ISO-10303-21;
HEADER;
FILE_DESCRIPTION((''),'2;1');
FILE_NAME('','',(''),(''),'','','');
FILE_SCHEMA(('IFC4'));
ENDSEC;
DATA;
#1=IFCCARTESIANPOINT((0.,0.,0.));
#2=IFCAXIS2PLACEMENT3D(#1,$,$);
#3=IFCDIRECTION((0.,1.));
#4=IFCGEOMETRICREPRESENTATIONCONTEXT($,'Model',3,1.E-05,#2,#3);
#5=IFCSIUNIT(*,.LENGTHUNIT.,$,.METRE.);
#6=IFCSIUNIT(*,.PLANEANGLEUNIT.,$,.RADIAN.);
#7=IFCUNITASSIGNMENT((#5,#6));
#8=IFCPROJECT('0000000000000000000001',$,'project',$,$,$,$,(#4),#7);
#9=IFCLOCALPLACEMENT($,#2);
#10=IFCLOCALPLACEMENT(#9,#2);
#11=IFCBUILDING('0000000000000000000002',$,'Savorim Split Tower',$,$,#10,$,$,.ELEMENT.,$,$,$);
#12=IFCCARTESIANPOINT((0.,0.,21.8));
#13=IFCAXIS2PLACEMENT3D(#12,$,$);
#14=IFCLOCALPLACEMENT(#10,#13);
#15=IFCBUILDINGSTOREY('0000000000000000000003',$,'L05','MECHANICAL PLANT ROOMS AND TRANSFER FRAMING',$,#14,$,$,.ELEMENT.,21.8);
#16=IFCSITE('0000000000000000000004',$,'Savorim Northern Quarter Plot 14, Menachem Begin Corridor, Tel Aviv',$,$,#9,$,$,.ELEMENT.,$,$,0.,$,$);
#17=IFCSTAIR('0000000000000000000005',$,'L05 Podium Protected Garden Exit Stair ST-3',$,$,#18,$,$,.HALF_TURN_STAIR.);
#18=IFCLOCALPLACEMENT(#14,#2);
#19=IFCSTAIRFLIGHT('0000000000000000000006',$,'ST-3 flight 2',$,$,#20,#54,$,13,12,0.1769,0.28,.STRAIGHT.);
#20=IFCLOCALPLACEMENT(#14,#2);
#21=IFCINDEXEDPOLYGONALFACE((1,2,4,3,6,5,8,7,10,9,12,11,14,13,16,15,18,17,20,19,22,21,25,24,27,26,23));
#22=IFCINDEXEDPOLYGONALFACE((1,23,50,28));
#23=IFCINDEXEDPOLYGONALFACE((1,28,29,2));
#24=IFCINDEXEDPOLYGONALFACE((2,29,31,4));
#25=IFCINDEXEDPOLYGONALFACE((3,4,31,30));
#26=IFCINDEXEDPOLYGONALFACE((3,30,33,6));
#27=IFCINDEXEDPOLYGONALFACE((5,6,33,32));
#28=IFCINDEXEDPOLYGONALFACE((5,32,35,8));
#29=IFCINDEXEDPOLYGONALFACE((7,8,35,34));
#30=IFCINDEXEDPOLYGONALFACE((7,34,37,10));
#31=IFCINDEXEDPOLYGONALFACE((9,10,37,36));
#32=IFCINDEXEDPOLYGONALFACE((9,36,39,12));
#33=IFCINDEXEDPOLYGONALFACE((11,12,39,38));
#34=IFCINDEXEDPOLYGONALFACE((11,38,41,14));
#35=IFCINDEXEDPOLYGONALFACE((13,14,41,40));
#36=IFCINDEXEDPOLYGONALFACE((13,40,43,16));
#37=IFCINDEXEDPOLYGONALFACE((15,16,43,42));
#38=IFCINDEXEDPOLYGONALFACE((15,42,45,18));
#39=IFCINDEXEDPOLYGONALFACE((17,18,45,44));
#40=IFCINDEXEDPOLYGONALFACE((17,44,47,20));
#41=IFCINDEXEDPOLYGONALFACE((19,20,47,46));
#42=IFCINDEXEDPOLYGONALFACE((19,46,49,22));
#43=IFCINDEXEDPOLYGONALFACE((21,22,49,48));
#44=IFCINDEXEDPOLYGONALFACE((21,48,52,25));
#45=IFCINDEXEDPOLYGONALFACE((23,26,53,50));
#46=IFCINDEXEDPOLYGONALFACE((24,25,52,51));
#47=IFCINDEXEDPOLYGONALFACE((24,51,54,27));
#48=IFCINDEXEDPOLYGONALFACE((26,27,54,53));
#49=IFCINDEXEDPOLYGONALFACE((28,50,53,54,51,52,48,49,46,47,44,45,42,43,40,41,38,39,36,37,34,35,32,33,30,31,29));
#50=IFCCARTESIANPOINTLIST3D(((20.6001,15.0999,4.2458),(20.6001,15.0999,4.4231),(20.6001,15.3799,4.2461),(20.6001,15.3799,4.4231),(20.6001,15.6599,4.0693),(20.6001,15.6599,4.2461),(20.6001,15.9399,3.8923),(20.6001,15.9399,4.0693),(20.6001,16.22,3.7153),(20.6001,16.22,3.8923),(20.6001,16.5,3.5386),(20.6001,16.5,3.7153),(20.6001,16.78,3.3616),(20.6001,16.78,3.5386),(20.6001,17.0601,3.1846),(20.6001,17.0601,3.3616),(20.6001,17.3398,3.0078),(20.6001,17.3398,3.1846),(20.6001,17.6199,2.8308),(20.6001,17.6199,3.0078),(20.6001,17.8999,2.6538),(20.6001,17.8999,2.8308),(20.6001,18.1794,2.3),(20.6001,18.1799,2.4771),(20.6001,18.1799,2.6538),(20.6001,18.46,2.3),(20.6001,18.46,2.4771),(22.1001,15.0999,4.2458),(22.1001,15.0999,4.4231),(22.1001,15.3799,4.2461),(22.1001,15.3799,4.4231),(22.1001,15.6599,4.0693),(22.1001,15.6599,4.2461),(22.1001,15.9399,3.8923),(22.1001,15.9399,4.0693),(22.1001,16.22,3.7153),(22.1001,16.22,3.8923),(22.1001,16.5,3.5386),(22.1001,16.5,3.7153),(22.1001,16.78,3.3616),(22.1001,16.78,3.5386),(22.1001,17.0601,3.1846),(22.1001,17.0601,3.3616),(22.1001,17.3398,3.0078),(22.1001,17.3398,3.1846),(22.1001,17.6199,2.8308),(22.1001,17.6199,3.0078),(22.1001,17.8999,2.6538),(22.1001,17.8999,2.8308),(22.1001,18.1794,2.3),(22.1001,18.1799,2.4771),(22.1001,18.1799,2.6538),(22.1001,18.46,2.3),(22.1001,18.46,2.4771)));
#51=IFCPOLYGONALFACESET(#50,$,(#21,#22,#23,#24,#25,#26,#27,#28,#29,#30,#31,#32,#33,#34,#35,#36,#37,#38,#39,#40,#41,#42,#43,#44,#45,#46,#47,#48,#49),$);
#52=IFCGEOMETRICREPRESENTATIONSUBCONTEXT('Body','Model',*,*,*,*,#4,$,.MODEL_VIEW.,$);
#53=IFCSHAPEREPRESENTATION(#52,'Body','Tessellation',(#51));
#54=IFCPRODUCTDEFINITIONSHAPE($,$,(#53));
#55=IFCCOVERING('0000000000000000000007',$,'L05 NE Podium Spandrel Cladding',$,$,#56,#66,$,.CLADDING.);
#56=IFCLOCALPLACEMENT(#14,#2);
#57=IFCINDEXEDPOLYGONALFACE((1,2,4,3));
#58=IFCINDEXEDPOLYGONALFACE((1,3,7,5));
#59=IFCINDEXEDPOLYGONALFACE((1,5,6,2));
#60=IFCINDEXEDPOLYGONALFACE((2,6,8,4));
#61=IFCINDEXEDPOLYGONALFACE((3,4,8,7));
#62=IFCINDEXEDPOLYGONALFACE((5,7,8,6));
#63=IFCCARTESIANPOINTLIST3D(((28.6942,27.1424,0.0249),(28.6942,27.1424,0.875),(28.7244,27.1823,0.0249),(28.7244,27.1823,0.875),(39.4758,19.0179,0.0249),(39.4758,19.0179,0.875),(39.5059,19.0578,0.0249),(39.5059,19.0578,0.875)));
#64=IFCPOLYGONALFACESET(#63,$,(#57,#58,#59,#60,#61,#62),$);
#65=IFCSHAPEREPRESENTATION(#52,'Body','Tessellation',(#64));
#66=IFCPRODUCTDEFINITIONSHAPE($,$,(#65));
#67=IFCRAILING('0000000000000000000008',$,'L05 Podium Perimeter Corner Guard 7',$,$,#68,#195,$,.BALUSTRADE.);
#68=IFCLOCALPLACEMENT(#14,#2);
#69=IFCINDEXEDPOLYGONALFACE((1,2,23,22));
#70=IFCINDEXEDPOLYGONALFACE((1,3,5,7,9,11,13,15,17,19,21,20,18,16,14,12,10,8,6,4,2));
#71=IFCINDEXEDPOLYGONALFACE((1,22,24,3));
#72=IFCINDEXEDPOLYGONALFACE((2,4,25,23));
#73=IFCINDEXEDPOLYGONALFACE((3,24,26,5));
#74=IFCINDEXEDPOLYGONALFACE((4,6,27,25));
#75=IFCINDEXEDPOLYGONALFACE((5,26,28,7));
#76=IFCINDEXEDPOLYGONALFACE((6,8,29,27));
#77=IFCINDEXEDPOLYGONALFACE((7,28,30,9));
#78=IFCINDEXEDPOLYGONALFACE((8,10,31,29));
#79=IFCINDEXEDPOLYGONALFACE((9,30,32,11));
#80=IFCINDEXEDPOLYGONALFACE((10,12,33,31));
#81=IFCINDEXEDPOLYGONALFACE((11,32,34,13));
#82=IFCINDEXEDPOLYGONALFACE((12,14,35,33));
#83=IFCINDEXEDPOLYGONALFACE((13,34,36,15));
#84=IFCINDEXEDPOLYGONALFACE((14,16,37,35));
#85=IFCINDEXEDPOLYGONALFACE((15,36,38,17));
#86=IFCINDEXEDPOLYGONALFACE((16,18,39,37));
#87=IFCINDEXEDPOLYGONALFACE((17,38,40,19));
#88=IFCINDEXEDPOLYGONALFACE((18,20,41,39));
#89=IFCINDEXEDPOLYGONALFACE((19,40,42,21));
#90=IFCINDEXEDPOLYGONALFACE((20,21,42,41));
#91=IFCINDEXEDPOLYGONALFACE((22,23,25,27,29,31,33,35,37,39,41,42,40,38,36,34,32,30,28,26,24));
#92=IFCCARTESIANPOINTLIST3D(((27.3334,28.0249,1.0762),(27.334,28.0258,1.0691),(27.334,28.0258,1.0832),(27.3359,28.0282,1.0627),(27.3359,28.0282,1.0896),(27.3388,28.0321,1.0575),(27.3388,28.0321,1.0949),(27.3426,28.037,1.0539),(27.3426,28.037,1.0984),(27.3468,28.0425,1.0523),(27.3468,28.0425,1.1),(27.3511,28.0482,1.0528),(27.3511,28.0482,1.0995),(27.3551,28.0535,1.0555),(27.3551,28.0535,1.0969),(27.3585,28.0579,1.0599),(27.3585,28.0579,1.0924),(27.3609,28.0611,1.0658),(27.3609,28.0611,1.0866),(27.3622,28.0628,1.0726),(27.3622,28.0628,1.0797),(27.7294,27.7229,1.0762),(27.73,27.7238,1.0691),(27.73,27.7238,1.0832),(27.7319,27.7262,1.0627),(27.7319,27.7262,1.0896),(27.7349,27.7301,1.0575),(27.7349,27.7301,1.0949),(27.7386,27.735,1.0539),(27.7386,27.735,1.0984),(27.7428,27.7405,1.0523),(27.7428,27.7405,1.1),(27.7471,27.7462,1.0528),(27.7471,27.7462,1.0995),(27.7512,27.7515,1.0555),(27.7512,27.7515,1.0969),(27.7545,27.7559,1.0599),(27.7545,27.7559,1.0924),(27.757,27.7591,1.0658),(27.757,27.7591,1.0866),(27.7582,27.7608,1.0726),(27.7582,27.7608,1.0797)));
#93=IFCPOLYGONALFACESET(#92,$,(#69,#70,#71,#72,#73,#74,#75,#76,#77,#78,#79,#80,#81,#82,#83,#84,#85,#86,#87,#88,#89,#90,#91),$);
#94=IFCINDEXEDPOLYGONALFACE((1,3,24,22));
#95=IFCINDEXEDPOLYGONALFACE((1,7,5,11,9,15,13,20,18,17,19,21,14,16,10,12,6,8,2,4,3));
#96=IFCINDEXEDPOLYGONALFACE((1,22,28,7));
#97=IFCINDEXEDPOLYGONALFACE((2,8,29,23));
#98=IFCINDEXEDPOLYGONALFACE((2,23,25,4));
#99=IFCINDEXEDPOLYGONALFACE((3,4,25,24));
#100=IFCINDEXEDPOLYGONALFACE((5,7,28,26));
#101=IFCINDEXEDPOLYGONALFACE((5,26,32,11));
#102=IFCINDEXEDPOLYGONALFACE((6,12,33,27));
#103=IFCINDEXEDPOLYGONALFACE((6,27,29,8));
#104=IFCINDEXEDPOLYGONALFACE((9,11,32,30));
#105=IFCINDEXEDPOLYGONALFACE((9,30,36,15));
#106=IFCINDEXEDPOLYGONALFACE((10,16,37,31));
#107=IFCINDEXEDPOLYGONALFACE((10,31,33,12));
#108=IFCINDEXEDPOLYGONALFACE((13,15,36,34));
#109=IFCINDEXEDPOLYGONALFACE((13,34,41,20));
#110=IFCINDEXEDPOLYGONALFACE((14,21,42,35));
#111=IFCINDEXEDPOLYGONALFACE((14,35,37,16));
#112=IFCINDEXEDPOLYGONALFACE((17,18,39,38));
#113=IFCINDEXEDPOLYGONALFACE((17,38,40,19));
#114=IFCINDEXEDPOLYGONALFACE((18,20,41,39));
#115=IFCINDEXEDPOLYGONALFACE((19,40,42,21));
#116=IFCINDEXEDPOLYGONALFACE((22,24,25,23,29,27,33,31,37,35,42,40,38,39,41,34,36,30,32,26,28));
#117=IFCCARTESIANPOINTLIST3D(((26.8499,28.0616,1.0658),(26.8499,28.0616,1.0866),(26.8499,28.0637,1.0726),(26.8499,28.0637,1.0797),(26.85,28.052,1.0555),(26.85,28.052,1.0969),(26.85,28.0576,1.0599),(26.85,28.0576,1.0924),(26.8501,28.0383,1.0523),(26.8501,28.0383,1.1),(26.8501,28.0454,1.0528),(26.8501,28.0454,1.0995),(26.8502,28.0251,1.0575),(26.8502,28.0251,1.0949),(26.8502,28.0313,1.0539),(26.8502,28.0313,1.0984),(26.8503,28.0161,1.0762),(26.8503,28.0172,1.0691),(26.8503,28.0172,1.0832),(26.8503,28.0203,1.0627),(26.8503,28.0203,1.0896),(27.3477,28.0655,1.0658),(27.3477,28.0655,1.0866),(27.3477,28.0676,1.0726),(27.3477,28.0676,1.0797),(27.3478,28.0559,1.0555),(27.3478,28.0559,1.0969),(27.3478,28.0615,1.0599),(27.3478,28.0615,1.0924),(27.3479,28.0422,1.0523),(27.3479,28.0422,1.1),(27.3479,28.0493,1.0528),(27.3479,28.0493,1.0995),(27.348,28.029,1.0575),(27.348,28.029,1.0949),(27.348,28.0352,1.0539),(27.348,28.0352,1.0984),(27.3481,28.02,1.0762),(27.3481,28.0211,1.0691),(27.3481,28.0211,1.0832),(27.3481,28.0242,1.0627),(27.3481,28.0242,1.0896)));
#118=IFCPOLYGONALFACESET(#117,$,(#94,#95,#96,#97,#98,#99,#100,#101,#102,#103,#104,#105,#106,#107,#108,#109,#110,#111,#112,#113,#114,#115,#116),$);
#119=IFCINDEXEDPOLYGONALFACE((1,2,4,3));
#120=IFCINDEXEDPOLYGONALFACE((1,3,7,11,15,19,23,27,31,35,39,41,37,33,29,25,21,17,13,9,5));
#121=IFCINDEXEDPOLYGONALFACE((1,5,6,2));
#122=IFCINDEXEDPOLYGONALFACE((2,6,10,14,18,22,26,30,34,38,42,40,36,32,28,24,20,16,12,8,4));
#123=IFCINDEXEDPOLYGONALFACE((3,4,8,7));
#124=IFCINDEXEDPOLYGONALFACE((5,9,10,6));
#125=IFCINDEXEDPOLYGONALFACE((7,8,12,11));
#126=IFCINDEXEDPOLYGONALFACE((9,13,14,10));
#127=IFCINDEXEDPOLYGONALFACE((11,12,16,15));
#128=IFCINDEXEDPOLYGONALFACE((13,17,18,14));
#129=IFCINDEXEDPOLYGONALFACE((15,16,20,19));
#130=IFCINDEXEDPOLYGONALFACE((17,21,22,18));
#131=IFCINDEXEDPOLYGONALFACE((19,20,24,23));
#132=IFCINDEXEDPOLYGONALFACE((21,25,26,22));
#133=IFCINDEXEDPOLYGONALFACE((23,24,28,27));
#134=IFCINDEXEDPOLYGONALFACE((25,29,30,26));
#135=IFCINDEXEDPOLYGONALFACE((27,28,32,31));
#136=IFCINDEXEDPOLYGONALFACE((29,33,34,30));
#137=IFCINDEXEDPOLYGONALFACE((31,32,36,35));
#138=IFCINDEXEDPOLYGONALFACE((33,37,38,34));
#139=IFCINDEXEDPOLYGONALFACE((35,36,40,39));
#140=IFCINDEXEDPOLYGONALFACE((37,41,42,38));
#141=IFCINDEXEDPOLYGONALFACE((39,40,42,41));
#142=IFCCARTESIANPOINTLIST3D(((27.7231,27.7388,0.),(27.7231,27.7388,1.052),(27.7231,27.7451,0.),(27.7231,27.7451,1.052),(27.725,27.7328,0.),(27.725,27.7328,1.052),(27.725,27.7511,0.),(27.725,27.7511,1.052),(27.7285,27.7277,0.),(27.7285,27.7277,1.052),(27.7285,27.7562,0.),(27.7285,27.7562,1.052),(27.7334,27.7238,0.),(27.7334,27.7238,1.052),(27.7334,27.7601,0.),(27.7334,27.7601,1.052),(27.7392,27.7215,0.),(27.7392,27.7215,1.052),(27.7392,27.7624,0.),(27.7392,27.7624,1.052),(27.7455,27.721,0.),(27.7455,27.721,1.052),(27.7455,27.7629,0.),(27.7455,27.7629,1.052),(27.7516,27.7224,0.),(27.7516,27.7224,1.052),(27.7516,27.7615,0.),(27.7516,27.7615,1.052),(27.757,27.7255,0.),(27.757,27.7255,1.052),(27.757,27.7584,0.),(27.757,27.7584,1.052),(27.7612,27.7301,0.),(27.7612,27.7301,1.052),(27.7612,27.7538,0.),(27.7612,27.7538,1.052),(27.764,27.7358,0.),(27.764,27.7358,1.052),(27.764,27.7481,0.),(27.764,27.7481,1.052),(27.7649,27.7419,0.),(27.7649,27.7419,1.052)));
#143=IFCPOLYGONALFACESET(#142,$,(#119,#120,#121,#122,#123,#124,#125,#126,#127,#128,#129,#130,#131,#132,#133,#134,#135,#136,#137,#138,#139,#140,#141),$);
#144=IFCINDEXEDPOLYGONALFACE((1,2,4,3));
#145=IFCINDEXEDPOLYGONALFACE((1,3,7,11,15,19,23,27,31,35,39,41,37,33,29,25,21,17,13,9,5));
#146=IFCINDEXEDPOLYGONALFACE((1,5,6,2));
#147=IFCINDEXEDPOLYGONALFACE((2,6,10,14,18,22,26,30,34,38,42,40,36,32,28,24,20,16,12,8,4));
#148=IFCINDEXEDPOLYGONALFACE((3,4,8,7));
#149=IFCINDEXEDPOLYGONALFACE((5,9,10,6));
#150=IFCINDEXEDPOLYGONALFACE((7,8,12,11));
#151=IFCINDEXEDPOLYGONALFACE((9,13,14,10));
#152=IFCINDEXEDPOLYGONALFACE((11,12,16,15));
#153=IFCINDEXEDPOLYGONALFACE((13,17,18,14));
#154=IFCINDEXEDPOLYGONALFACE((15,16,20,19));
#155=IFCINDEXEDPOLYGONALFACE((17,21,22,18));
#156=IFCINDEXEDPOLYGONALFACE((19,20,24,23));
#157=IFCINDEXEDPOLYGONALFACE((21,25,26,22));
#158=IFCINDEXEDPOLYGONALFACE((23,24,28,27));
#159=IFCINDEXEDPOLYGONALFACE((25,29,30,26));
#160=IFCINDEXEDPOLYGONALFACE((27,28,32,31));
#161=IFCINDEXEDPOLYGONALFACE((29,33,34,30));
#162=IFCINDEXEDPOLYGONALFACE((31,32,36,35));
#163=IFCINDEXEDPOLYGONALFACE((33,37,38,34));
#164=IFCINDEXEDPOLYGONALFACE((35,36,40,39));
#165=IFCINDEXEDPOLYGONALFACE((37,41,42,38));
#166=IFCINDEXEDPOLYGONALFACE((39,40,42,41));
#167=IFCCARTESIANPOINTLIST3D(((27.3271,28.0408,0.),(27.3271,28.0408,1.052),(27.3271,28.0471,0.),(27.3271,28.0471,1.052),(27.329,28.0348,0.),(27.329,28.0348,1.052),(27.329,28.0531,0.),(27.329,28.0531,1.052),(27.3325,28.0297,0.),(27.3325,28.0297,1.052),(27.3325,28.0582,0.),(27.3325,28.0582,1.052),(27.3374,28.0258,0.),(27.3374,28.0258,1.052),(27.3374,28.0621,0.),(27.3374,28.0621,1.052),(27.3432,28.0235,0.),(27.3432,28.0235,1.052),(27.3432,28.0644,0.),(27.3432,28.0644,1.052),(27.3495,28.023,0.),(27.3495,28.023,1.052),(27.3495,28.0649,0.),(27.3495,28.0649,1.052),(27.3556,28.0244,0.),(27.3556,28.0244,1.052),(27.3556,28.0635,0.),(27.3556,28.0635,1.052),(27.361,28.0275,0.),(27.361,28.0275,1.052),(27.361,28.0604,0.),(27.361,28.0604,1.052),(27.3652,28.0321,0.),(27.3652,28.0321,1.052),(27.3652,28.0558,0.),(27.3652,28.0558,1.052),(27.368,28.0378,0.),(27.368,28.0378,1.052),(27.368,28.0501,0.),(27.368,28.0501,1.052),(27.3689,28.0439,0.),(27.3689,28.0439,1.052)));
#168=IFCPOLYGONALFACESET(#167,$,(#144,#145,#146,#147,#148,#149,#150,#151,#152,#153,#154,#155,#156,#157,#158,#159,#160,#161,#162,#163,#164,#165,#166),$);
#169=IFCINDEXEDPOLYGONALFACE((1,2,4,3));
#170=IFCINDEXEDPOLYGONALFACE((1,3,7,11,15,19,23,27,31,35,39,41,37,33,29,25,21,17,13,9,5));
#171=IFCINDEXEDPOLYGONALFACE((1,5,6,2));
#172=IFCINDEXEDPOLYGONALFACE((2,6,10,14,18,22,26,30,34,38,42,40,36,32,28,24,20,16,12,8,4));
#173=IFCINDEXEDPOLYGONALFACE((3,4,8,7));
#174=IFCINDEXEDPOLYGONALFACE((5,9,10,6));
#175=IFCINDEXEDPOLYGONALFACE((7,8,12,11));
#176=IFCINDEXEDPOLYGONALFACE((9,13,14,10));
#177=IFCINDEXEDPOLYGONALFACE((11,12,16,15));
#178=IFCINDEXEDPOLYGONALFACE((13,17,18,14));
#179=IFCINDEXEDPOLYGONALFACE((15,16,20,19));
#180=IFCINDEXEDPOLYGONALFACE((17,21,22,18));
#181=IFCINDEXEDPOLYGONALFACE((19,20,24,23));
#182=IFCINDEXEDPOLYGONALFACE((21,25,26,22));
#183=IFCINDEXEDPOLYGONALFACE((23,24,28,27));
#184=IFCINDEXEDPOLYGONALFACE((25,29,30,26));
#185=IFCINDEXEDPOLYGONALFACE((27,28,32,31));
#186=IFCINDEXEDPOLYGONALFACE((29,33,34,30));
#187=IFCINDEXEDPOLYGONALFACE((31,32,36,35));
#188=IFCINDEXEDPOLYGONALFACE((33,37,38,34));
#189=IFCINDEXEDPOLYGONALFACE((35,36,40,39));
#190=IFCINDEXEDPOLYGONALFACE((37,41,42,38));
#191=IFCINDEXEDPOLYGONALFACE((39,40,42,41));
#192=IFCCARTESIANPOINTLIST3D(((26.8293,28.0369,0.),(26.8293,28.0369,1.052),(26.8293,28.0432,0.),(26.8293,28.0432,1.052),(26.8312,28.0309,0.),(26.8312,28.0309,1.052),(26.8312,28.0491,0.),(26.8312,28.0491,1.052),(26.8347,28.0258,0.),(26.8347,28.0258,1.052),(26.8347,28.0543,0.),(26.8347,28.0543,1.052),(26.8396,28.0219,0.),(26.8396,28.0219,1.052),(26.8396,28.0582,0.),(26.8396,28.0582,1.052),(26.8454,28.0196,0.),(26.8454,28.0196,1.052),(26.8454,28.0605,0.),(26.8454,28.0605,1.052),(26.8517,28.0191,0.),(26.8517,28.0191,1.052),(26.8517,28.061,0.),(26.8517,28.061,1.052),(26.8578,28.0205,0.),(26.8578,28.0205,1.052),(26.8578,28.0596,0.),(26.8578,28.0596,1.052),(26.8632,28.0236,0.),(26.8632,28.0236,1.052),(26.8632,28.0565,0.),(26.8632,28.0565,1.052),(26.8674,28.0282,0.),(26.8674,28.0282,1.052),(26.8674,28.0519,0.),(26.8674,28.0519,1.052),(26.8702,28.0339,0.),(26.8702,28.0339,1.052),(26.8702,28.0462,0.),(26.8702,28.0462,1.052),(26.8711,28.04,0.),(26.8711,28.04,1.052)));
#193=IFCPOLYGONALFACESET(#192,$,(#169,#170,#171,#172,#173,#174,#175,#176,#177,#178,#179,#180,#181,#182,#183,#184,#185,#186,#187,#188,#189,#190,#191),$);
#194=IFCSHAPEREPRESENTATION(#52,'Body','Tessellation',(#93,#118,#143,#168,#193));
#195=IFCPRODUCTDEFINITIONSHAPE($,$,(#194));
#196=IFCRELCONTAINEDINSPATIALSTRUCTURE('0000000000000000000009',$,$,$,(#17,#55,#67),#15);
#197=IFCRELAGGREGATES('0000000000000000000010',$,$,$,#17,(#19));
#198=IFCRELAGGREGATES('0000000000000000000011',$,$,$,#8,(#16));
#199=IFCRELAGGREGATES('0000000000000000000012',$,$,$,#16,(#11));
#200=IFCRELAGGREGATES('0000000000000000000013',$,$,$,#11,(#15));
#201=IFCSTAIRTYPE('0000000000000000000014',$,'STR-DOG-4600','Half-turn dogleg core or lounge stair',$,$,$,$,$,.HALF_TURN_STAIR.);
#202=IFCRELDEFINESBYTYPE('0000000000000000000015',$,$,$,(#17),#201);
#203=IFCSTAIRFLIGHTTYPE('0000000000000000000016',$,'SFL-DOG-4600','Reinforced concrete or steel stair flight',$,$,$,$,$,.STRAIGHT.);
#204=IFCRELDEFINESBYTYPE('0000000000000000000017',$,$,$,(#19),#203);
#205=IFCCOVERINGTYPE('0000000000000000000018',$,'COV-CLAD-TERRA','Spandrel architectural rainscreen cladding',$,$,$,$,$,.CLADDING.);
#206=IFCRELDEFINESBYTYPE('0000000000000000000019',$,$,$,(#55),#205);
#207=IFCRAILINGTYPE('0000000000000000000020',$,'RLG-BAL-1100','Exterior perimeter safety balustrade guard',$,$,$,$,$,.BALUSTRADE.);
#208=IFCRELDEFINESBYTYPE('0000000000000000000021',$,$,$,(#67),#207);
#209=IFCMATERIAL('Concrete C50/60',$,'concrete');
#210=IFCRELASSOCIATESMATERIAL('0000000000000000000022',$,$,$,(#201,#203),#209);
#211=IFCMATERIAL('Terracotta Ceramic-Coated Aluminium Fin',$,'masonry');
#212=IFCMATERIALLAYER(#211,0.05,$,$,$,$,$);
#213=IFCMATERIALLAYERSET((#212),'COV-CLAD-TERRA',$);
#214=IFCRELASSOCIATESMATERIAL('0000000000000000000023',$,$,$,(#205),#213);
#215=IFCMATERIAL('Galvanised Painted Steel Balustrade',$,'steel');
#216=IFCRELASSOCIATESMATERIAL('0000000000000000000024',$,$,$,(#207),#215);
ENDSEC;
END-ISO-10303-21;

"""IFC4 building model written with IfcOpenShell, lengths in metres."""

from ifc_helpers import new_model, si_unit, direction, frame, origin, origin_2d, place, context, subcontext, project, spatial, polyline, rectangle, circle, outline, extrude, material, layer, layer_set, type_object, element, aggregate, save


model = new_model("IFC4")

# Units and contexts
model_context = context("Model", 3, precision=1e-05, world=origin(), true_north=direction((0.0, 1.0)))
body_context = subcontext(model_context, "Body", "Model", "MODEL_VIEW")
ifc_project = project(units=[si_unit("LENGTHUNIT", "METRE"), si_unit("PLANEANGLEUNIT", "RADIAN")], contexts=[model_context])

# Site, building, storey
site_placement = place(None, origin())
site = spatial("IfcSite", under=ifc_project, at=site_placement, Name="Savorim Northern Quarter Plot 14, Menachem Begin Corridor, Tel Aviv", CompositionType="ELEMENT", RefElevation=0.0)
building_placement = place(site_placement, origin())
building = spatial("IfcBuilding", under=site, at=building_placement, Name="Savorim Split Tower", CompositionType="ELEMENT")
storey_placement = place(building_placement, frame((0.0, 0.0, 21.8)))
storey = spatial("IfcBuildingStorey", under=building, at=storey_placement, Name="L05", Description="MECHANICAL PLANT ROOMS AND TRANSFER FRAMING", CompositionType="ELEMENT", Elevation=21.8)

# Shared definitions
ifc_material_1 = material(Name="Concrete C50/60", Category="concrete")

# Stair, stair flight
stair_type = type_object("IfcStairType", Name="STR-DOG-4600", Description="Half-turn dogleg core or lounge stair", PredefinedType="HALF_TURN_STAIR", material=ifc_material_1)
stair_placement = place(storey_placement, origin())
stair = element("IfcStair", 1, at=stair_placement, inside=storey, type_object=stair_type, Name="L05 Podium Protected Garden Exit Stair ST-3", PredefinedType="HALF_TURN_STAIR")
stair_flight_type = type_object("IfcStairFlightType", Name="SFL-DOG-4600", Description="Reinforced concrete or steel stair flight", PredefinedType="STRAIGHT", material=ifc_material_1)
stair_flight_placement = place(storey_placement, frame((21.3501, 18.46, 2.3), z_axis=(0.0, 0.0, 1.0), x_axis=(0.0, -1.0, 0.0)))
stair_flight = element("IfcStairFlight", 2, at=stair_flight_placement, type_object=stair_flight_type, Name="ST-3 flight 2", NumberOfRisers=13, NumberOfTreads=12, PredefinedType="STRAIGHT", RiserHeight=0.1769, TreadLength=0.28, context=body_context, shape_type="SweptSolid", body=[
    extrude(outline(polyline([(0.0, 0.0), (0.0, 0.177), (0.28, 0.177), (0.28, 0.3538), (0.5601, 0.3538), (0.5601, 0.5308), (0.8401, 0.5308), (0.8401, 0.7078), (1.1201, 0.7078), (1.1201, 0.8845), (1.3999, 0.8845), (1.3999, 1.0615), (1.6799, 1.0615), (1.6799, 1.2385), (1.96, 1.2385), (1.96, 1.4153), (2.24, 1.4153), (2.24, 1.5923), (2.52, 1.5923), (2.52, 1.7693), (2.8, 1.7693), (2.8, 1.946), (3.0801, 1.946), (3.0801, 2.123), (3.3601, 2.123), (3.3601, 2.3), (3.3601, 1.9458), (0.2805, 0.0), (0.0, 0.0)])), frame((0.0, 0.75, 0.0), z_axis=(0.0, -1.0, 0.0), x_axis=(1.0, 0.0, 0.0)), (0.0, 0.0, 1.0), 1.5),
])
aggregate(stair, [stair_flight])

# Covering
ifc_material_2 = material(Name="Terracotta Ceramic-Coated Aluminium Fin", Category="masonry")
ifc_layer_1 = layer(ifc_material_2, 0.05)
ifc_layer_set_1 = layer_set([ifc_layer_1], Name="COV-CLAD-TERRA")
covering_type = type_object("IfcCoveringType", Name="COV-CLAD-TERRA", Description="Spandrel architectural rainscreen cladding", PredefinedType="CLADDING", material=ifc_layer_set_1)
covering_placement = place(storey_placement, frame((34.1001, 23.1001, 0.0249), z_axis=(0.0, 0.0, 1.0), x_axis=(-0.798636, 0.601815, 0.0)))
element("IfcCovering", 3, at=covering_placement, inside=storey, type_object=covering_type, Name="L05 NE Podium Spandrel Cladding", PredefinedType="CLADDING", context=body_context, shape_type="SweptSolid", body=[
    extrude(rectangle(XDim=13.5, YDim=0.05, at=origin_2d()), origin(), (0.0, 0.0, 1.0), 0.8501),
])

# Railing
ifc_material_3 = material(Name="Galvanised Painted Steel Balustrade", Category="steel")
railing_type_1 = type_object("IfcRailingType", Name="RLG-BAL-1100", Description="Exterior perimeter safety balustrade guard", PredefinedType="BALUSTRADE", material=ifc_material_3)
railing_1_placement = place(storey_placement, frame((27.7439, 27.7419, 0.0)))
element("IfcRailing", 4, at=railing_1_placement, inside=storey, type_object=railing_type_1, Name="L05 Podium Perimeter Corner Guard 7", PredefinedType="BALUSTRADE", context=body_context, shape_type="SweptSolid", body=[
    extrude(circle(Radius=0.0239, at=origin_2d()), frame((0.0, 0.0, 1.0762), z_axis=(-0.79515, 0.606412, 0.0), x_axis=(-0.606412, -0.79515, 0.0)), (0.0, 0.0, 1.0), 0.498),
    extrude(circle(Radius=0.0239, at=origin_2d()), frame((-0.396, 0.302, 1.0762), z_axis=(-0.999969, -0.007847, 0.0), x_axis=(0.007847, -0.999969, 0.0)), (0.0, 0.0, 1.0), 0.4978),
    extrude(circle(Radius=0.021, at=origin_2d()), origin(), (0.0, 0.0, 1.0), 1.052),
    extrude(circle(Radius=0.021, at=origin_2d()), frame((-0.396, 0.302, 0.0)), (0.0, 0.0, 1.0), 1.052),
    extrude(circle(Radius=0.021, at=origin_2d()), frame((-0.8938, 0.2981, 0.0)), (0.0, 0.0, 1.0), 1.052),
])

save(model, "model.ifc")
